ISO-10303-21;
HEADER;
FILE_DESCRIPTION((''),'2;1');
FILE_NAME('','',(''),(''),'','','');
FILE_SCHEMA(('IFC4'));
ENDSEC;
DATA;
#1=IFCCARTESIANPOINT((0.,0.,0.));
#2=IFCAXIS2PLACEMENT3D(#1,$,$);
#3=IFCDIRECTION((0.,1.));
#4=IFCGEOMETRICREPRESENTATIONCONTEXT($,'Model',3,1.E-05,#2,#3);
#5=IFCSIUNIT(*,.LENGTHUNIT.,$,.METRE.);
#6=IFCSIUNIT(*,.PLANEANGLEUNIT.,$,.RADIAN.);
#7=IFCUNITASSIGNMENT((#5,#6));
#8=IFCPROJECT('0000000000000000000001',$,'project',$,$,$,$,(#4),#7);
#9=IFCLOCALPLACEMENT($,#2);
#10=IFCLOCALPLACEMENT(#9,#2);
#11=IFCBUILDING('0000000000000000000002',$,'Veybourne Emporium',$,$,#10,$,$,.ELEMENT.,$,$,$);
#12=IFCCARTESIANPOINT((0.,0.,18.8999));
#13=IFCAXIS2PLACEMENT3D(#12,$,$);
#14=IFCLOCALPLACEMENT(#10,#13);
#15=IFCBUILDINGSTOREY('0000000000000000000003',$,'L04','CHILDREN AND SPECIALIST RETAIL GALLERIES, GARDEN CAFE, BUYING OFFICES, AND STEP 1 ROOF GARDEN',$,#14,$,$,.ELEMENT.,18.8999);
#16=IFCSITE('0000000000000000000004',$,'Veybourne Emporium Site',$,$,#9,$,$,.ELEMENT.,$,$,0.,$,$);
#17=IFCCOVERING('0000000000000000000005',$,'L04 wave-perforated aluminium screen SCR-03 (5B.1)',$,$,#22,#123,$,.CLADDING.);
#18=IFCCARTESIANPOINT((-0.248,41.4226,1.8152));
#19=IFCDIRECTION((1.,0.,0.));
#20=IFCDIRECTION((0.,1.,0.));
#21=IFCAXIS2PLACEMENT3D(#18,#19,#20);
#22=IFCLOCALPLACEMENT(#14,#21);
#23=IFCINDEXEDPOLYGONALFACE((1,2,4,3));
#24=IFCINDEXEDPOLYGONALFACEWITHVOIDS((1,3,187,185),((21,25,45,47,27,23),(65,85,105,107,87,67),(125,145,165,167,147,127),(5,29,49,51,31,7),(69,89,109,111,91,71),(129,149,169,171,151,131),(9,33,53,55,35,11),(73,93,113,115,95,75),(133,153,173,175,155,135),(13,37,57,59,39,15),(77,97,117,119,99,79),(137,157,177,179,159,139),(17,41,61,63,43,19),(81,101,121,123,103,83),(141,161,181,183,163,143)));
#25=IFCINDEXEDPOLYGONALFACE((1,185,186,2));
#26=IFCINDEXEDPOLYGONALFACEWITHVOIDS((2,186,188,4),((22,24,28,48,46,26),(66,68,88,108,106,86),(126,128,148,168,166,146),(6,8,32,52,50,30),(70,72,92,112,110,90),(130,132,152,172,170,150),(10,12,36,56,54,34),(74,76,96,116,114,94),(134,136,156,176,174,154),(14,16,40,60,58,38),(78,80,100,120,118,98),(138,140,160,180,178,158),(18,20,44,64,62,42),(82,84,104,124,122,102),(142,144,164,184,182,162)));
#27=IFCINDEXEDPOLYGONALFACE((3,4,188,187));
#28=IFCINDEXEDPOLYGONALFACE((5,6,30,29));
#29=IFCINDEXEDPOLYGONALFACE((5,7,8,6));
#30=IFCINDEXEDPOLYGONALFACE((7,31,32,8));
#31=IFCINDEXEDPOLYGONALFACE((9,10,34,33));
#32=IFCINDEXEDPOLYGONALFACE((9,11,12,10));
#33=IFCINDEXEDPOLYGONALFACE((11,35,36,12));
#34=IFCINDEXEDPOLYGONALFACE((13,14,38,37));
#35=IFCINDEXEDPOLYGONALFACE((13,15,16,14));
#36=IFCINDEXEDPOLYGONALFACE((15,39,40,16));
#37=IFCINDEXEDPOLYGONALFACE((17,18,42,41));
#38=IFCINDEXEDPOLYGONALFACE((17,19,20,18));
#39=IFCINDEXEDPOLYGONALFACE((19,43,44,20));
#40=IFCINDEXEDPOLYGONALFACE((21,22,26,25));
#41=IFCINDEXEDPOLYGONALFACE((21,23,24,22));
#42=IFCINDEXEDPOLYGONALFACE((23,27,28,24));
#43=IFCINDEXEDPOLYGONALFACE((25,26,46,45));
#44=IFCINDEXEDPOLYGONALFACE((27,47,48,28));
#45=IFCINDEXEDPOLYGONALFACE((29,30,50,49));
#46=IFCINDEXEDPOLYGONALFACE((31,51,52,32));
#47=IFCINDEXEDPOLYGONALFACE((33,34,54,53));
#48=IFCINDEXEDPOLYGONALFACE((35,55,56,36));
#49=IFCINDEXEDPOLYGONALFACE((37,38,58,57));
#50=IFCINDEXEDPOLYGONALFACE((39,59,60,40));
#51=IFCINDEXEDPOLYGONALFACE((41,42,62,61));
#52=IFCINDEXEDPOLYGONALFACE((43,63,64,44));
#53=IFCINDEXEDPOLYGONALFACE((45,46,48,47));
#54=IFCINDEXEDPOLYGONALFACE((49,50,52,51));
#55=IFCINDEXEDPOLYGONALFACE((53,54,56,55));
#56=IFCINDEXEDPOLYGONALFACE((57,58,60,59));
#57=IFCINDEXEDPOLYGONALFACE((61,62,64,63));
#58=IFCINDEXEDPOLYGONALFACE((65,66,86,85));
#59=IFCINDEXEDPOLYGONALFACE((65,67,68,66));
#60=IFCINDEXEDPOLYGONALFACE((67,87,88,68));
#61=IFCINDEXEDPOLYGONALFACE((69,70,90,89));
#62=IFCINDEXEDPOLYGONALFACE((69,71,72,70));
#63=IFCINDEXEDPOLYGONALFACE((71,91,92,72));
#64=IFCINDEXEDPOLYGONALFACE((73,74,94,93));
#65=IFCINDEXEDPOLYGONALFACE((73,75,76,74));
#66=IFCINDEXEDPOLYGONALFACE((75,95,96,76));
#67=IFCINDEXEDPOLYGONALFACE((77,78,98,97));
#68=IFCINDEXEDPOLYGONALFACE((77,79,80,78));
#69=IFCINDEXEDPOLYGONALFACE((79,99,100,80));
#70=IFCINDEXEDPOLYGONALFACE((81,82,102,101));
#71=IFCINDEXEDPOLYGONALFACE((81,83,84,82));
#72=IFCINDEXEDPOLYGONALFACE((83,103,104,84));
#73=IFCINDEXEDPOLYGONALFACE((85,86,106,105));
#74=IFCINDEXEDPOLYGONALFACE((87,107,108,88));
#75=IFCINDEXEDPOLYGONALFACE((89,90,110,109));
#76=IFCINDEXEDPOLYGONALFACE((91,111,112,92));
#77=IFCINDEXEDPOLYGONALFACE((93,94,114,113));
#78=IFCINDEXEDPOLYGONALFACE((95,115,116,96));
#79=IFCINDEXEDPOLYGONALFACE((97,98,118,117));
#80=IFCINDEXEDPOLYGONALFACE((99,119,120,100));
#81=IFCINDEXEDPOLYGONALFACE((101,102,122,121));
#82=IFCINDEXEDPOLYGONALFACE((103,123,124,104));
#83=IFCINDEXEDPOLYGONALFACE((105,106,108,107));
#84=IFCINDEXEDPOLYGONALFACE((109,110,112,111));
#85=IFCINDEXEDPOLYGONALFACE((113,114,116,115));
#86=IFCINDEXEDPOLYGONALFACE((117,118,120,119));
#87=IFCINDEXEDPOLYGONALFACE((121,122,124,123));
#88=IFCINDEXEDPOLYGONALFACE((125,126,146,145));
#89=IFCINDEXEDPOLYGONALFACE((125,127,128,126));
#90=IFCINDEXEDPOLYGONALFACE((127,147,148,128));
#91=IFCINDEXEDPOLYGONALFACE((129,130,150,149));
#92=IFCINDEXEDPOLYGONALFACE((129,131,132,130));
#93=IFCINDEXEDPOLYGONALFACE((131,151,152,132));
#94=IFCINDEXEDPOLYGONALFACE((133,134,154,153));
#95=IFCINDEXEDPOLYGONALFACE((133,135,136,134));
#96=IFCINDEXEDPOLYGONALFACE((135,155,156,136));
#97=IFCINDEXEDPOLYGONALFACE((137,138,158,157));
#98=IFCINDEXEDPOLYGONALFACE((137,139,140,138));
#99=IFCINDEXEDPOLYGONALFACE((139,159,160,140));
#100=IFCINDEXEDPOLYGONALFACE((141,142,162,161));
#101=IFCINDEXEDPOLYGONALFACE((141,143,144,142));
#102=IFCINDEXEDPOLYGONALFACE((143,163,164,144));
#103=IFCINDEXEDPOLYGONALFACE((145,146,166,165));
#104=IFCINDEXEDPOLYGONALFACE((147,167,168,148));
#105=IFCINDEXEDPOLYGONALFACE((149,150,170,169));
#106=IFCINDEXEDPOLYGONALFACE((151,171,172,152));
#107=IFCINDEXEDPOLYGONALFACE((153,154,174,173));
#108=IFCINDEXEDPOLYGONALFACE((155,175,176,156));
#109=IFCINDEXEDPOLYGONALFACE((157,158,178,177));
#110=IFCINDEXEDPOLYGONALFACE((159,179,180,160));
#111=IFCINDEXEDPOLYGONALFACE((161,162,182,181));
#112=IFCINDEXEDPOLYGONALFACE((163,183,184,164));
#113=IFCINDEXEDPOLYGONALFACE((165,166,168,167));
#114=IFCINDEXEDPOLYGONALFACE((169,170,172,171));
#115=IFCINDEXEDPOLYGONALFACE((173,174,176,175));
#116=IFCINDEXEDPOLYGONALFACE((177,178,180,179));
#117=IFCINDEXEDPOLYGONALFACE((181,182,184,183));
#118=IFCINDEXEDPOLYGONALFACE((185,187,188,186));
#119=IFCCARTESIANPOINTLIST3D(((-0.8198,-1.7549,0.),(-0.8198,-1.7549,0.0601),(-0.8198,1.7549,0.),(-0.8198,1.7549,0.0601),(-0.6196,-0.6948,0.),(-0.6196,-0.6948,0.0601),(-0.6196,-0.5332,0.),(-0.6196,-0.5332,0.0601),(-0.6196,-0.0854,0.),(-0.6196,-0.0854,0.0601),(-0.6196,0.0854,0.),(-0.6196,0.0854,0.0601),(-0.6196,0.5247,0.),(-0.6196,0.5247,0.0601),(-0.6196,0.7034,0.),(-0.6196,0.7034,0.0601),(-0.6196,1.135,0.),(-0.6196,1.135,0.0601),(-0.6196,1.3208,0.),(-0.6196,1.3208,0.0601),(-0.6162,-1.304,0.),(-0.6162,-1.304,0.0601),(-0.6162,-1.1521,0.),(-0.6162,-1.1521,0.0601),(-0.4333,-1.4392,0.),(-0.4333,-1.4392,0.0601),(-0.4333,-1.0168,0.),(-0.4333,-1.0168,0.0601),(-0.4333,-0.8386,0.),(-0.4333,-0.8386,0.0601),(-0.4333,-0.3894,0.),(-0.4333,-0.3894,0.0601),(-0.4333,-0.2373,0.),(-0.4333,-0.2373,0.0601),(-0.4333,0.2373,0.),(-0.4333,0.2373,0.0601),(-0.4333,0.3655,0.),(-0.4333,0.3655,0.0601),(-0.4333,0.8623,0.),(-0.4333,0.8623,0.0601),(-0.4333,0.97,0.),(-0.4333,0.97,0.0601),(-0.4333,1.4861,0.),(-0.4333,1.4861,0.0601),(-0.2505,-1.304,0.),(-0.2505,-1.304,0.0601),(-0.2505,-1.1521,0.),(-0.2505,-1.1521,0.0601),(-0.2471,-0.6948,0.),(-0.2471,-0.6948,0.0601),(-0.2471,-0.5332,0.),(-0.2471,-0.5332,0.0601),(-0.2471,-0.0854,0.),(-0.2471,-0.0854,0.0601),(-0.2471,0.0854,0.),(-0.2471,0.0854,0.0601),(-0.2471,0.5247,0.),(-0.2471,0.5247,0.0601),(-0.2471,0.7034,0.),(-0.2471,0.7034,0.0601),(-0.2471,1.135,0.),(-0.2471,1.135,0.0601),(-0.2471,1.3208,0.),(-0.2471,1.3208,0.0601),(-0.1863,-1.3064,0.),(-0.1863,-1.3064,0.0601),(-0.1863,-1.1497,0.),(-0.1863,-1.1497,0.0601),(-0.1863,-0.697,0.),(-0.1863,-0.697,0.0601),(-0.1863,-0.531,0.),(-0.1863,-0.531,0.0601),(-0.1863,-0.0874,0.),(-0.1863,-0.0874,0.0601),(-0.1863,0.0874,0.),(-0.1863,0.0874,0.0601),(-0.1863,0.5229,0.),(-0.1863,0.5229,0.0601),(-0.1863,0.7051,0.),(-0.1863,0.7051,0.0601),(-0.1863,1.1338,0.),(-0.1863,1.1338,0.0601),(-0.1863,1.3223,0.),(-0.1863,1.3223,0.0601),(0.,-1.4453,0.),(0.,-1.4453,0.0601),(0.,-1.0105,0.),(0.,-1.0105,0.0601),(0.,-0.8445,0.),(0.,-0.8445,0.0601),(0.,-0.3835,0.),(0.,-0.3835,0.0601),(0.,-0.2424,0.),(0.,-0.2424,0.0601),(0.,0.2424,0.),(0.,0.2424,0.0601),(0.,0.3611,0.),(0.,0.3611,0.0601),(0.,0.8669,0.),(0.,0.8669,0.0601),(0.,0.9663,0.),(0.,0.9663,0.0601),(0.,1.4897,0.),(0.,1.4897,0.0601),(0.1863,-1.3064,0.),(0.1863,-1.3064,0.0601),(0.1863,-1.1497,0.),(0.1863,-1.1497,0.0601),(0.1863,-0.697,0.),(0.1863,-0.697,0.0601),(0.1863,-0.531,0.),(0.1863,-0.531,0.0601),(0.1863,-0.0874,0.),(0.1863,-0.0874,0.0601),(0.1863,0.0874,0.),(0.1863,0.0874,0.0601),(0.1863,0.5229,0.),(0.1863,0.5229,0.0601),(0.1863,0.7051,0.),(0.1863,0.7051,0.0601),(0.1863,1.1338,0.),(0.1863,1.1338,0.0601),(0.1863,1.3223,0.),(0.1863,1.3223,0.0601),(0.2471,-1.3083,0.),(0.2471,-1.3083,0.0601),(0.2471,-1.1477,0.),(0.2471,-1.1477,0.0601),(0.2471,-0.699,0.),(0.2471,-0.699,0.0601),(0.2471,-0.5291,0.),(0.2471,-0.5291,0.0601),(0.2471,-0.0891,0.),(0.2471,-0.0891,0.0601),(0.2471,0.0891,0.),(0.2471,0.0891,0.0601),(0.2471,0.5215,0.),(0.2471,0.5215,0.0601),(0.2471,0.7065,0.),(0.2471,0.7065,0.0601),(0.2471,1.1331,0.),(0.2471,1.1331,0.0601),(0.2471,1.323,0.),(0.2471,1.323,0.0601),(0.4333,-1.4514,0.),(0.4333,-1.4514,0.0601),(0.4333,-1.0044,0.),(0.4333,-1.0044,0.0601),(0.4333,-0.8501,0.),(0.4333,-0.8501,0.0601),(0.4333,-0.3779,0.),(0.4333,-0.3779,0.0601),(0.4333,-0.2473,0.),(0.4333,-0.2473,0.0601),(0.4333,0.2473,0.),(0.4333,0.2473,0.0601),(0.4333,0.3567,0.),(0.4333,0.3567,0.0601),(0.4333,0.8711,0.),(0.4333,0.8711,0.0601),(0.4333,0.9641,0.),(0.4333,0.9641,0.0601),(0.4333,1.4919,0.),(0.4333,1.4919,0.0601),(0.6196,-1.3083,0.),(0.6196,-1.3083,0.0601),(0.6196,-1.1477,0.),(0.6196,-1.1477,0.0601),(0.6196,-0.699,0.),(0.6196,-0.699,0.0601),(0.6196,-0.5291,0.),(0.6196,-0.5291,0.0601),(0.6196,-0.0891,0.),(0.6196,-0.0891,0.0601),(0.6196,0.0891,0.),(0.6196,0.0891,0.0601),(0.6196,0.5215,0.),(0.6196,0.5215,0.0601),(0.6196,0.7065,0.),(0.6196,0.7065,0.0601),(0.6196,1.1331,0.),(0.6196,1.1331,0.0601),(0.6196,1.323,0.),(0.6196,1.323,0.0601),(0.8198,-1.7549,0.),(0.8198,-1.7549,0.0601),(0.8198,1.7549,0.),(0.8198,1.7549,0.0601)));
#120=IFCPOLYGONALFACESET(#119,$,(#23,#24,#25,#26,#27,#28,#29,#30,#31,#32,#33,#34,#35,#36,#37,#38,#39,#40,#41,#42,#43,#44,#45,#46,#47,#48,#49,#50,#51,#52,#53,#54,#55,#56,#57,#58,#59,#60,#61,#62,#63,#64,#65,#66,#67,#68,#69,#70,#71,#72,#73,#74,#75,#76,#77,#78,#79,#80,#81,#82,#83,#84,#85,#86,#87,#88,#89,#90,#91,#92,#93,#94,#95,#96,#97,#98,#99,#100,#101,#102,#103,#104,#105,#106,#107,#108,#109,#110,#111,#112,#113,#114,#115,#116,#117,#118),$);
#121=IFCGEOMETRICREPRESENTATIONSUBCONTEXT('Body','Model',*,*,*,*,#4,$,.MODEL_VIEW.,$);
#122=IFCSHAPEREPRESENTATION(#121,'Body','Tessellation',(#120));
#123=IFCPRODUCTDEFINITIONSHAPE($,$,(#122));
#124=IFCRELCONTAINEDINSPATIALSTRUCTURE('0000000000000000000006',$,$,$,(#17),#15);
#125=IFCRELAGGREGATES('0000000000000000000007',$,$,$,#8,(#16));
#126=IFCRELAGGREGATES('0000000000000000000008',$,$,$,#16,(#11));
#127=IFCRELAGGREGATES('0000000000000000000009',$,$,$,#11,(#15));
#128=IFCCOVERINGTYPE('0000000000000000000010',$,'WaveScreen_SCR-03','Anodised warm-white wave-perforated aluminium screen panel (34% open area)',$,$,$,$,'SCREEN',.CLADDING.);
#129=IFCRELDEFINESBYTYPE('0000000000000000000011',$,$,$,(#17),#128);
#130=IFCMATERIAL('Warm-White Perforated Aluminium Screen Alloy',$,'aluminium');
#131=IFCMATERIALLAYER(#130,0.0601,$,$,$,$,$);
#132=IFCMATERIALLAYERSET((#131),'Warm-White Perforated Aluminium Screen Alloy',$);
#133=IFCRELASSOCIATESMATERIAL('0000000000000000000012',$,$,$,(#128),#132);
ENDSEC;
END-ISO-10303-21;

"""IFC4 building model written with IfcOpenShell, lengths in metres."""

from ifc_helpers import new_model, si_unit, direction, frame, origin, place, context, subcontext, project, spatial, polyline, outline, extrude, material, layer, layer_set, type_object, element, save


model = new_model("IFC4")

# Units and contexts
model_context = context("Model", 3, precision=1e-05, world=origin(), true_north=direction((0.0, 1.0)))
body_context = subcontext(model_context, "Body", "Model", "MODEL_VIEW")
ifc_project = project(units=[si_unit("LENGTHUNIT", "METRE"), si_unit("PLANEANGLEUNIT", "RADIAN")], contexts=[model_context])

# Site, building, storey
site_placement = place(None, origin())
site = spatial("IfcSite", under=ifc_project, at=site_placement, Name="Veybourne Emporium Site", CompositionType="ELEMENT", RefElevation=0.0)
building_placement = place(site_placement, origin())
building = spatial("IfcBuilding", under=site, at=building_placement, Name="Veybourne Emporium", CompositionType="ELEMENT")
storey_placement = place(building_placement, frame((0.0, 0.0, 18.8999)))
storey = spatial("IfcBuildingStorey", under=building, at=storey_placement, Name="L04", Description="CHILDREN AND SPECIALIST RETAIL GALLERIES, GARDEN CAFE, BUYING OFFICES, AND STEP 1 ROOF GARDEN", CompositionType="ELEMENT", Elevation=18.8999)

# Covering
ifc_material_1 = material(Name="Warm-White Perforated Aluminium Screen Alloy", Category="aluminium")
ifc_layer_1 = layer(ifc_material_1, 0.0601)
ifc_layer_set_1 = layer_set([ifc_layer_1], Name="Warm-White Perforated Aluminium Screen Alloy")
covering_type_1 = type_object("IfcCoveringType", Name="WaveScreen_SCR-03", Description="Anodised warm-white wave-perforated aluminium screen panel (34% open area)", ElementType="SCREEN", PredefinedType="CLADDING", material=ifc_layer_set_1)
covering_1_placement = place(storey_placement, frame((-0.248, 41.4226, 1.8152), z_axis=(1.0, 0.0, 0.0), x_axis=(0.0, 1.0, 0.0)))
element("IfcCovering", 1, at=covering_1_placement, inside=storey, type_object=covering_type_1, Name="L04 wave-perforated aluminium screen SCR-03 (5B.1)", PredefinedType="CLADDING", context=body_context, shape_type="SweptSolid", body=[
    extrude(outline(polyline([(-0.8198, -1.7549), (0.8198, -1.7549), (0.8198, 1.7549), (-0.8198, 1.7549), (-0.8198, -1.7549)]), holes=[polyline([(-0.4333, -1.0168), (-0.2505, -1.1521), (-0.2505, -1.304), (-0.4333, -1.4392), (-0.6162, -1.304), (-0.6162, -1.1521), (-0.4333, -1.0168)]), polyline([(-0.4333, -0.3894), (-0.2471, -0.5332), (-0.2471, -0.6948), (-0.4333, -0.8386), (-0.6196, -0.6948), (-0.6196, -0.5332), (-0.4333, -0.3894)]), polyline([(-0.4333, 0.2373), (-0.2471, 0.0854), (-0.2471, -0.0854), (-0.4333, -0.2373), (-0.6196, -0.0854), (-0.6196, 0.0854), (-0.4333, 0.2373)]), polyline([(-0.4333, 0.8623), (-0.2471, 0.7034), (-0.2471, 0.5247), (-0.4333, 0.3655), (-0.6196, 0.5247), (-0.6196, 0.7034), (-0.4333, 0.8623)]), polyline([(-0.4333, 1.4861), (-0.2471, 1.3208), (-0.2471, 1.135), (-0.4333, 0.97), (-0.6196, 1.135), (-0.6196, 1.3208), (-0.4333, 1.4861)]), polyline([(0.0, -1.0105), (0.1863, -1.1497), (0.1863, -1.3064), (0.0, -1.4453), (-0.1863, -1.3064), (-0.1863, -1.1497), (0.0, -1.0105)]), polyline([(0.0, -0.3835), (0.1863, -0.531), (0.1863, -0.697), (0.0, -0.8445), (-0.1863, -0.697), (-0.1863, -0.531), (0.0, -0.3835)]), polyline([(0.0, 0.2424), (0.1863, 0.0874), (0.1863, -0.0874), (0.0, -0.2424), (-0.1863, -0.0874), (-0.1863, 0.0874), (0.0, 0.2424)]), polyline([(0.0, 0.8669), (0.1863, 0.7051), (0.1863, 0.5229), (0.0, 0.3611), (-0.1863, 0.5229), (-0.1863, 0.7051), (0.0, 0.8669)]), polyline([(0.0, 1.4897), (0.1863, 1.3223), (0.1863, 1.1338), (0.0, 0.9663), (-0.1863, 1.1338), (-0.1863, 1.3223), (0.0, 1.4897)]), polyline([(0.4333, -1.0044), (0.6196, -1.1477), (0.6196, -1.3083), (0.4333, -1.4514), (0.2471, -1.3083), (0.2471, -1.1477), (0.4333, -1.0044)]), polyline([(0.4333, -0.3779), (0.6196, -0.5291), (0.6196, -0.699), (0.4333, -0.8501), (0.2471, -0.699), (0.2471, -0.5291), (0.4333, -0.3779)]), polyline([(0.4333, 0.2473), (0.6196, 0.0891), (0.6196, -0.0891), (0.4333, -0.2473), (0.2471, -0.0891), (0.2471, 0.0891), (0.4333, 0.2473)]), polyline([(0.4333, 0.8711), (0.6196, 0.7065), (0.6196, 0.5215), (0.4333, 0.3567), (0.2471, 0.5215), (0.2471, 0.7065), (0.4333, 0.8711)]), polyline([(0.4333, 1.4919), (0.6196, 1.323), (0.6196, 1.1331), (0.4333, 0.9641), (0.2471, 1.1331), (0.2471, 1.323), (0.4333, 1.4919)])]), origin(), (0.0, 0.0, 1.0), 0.0601),
])

save(model, "model.ifc")
